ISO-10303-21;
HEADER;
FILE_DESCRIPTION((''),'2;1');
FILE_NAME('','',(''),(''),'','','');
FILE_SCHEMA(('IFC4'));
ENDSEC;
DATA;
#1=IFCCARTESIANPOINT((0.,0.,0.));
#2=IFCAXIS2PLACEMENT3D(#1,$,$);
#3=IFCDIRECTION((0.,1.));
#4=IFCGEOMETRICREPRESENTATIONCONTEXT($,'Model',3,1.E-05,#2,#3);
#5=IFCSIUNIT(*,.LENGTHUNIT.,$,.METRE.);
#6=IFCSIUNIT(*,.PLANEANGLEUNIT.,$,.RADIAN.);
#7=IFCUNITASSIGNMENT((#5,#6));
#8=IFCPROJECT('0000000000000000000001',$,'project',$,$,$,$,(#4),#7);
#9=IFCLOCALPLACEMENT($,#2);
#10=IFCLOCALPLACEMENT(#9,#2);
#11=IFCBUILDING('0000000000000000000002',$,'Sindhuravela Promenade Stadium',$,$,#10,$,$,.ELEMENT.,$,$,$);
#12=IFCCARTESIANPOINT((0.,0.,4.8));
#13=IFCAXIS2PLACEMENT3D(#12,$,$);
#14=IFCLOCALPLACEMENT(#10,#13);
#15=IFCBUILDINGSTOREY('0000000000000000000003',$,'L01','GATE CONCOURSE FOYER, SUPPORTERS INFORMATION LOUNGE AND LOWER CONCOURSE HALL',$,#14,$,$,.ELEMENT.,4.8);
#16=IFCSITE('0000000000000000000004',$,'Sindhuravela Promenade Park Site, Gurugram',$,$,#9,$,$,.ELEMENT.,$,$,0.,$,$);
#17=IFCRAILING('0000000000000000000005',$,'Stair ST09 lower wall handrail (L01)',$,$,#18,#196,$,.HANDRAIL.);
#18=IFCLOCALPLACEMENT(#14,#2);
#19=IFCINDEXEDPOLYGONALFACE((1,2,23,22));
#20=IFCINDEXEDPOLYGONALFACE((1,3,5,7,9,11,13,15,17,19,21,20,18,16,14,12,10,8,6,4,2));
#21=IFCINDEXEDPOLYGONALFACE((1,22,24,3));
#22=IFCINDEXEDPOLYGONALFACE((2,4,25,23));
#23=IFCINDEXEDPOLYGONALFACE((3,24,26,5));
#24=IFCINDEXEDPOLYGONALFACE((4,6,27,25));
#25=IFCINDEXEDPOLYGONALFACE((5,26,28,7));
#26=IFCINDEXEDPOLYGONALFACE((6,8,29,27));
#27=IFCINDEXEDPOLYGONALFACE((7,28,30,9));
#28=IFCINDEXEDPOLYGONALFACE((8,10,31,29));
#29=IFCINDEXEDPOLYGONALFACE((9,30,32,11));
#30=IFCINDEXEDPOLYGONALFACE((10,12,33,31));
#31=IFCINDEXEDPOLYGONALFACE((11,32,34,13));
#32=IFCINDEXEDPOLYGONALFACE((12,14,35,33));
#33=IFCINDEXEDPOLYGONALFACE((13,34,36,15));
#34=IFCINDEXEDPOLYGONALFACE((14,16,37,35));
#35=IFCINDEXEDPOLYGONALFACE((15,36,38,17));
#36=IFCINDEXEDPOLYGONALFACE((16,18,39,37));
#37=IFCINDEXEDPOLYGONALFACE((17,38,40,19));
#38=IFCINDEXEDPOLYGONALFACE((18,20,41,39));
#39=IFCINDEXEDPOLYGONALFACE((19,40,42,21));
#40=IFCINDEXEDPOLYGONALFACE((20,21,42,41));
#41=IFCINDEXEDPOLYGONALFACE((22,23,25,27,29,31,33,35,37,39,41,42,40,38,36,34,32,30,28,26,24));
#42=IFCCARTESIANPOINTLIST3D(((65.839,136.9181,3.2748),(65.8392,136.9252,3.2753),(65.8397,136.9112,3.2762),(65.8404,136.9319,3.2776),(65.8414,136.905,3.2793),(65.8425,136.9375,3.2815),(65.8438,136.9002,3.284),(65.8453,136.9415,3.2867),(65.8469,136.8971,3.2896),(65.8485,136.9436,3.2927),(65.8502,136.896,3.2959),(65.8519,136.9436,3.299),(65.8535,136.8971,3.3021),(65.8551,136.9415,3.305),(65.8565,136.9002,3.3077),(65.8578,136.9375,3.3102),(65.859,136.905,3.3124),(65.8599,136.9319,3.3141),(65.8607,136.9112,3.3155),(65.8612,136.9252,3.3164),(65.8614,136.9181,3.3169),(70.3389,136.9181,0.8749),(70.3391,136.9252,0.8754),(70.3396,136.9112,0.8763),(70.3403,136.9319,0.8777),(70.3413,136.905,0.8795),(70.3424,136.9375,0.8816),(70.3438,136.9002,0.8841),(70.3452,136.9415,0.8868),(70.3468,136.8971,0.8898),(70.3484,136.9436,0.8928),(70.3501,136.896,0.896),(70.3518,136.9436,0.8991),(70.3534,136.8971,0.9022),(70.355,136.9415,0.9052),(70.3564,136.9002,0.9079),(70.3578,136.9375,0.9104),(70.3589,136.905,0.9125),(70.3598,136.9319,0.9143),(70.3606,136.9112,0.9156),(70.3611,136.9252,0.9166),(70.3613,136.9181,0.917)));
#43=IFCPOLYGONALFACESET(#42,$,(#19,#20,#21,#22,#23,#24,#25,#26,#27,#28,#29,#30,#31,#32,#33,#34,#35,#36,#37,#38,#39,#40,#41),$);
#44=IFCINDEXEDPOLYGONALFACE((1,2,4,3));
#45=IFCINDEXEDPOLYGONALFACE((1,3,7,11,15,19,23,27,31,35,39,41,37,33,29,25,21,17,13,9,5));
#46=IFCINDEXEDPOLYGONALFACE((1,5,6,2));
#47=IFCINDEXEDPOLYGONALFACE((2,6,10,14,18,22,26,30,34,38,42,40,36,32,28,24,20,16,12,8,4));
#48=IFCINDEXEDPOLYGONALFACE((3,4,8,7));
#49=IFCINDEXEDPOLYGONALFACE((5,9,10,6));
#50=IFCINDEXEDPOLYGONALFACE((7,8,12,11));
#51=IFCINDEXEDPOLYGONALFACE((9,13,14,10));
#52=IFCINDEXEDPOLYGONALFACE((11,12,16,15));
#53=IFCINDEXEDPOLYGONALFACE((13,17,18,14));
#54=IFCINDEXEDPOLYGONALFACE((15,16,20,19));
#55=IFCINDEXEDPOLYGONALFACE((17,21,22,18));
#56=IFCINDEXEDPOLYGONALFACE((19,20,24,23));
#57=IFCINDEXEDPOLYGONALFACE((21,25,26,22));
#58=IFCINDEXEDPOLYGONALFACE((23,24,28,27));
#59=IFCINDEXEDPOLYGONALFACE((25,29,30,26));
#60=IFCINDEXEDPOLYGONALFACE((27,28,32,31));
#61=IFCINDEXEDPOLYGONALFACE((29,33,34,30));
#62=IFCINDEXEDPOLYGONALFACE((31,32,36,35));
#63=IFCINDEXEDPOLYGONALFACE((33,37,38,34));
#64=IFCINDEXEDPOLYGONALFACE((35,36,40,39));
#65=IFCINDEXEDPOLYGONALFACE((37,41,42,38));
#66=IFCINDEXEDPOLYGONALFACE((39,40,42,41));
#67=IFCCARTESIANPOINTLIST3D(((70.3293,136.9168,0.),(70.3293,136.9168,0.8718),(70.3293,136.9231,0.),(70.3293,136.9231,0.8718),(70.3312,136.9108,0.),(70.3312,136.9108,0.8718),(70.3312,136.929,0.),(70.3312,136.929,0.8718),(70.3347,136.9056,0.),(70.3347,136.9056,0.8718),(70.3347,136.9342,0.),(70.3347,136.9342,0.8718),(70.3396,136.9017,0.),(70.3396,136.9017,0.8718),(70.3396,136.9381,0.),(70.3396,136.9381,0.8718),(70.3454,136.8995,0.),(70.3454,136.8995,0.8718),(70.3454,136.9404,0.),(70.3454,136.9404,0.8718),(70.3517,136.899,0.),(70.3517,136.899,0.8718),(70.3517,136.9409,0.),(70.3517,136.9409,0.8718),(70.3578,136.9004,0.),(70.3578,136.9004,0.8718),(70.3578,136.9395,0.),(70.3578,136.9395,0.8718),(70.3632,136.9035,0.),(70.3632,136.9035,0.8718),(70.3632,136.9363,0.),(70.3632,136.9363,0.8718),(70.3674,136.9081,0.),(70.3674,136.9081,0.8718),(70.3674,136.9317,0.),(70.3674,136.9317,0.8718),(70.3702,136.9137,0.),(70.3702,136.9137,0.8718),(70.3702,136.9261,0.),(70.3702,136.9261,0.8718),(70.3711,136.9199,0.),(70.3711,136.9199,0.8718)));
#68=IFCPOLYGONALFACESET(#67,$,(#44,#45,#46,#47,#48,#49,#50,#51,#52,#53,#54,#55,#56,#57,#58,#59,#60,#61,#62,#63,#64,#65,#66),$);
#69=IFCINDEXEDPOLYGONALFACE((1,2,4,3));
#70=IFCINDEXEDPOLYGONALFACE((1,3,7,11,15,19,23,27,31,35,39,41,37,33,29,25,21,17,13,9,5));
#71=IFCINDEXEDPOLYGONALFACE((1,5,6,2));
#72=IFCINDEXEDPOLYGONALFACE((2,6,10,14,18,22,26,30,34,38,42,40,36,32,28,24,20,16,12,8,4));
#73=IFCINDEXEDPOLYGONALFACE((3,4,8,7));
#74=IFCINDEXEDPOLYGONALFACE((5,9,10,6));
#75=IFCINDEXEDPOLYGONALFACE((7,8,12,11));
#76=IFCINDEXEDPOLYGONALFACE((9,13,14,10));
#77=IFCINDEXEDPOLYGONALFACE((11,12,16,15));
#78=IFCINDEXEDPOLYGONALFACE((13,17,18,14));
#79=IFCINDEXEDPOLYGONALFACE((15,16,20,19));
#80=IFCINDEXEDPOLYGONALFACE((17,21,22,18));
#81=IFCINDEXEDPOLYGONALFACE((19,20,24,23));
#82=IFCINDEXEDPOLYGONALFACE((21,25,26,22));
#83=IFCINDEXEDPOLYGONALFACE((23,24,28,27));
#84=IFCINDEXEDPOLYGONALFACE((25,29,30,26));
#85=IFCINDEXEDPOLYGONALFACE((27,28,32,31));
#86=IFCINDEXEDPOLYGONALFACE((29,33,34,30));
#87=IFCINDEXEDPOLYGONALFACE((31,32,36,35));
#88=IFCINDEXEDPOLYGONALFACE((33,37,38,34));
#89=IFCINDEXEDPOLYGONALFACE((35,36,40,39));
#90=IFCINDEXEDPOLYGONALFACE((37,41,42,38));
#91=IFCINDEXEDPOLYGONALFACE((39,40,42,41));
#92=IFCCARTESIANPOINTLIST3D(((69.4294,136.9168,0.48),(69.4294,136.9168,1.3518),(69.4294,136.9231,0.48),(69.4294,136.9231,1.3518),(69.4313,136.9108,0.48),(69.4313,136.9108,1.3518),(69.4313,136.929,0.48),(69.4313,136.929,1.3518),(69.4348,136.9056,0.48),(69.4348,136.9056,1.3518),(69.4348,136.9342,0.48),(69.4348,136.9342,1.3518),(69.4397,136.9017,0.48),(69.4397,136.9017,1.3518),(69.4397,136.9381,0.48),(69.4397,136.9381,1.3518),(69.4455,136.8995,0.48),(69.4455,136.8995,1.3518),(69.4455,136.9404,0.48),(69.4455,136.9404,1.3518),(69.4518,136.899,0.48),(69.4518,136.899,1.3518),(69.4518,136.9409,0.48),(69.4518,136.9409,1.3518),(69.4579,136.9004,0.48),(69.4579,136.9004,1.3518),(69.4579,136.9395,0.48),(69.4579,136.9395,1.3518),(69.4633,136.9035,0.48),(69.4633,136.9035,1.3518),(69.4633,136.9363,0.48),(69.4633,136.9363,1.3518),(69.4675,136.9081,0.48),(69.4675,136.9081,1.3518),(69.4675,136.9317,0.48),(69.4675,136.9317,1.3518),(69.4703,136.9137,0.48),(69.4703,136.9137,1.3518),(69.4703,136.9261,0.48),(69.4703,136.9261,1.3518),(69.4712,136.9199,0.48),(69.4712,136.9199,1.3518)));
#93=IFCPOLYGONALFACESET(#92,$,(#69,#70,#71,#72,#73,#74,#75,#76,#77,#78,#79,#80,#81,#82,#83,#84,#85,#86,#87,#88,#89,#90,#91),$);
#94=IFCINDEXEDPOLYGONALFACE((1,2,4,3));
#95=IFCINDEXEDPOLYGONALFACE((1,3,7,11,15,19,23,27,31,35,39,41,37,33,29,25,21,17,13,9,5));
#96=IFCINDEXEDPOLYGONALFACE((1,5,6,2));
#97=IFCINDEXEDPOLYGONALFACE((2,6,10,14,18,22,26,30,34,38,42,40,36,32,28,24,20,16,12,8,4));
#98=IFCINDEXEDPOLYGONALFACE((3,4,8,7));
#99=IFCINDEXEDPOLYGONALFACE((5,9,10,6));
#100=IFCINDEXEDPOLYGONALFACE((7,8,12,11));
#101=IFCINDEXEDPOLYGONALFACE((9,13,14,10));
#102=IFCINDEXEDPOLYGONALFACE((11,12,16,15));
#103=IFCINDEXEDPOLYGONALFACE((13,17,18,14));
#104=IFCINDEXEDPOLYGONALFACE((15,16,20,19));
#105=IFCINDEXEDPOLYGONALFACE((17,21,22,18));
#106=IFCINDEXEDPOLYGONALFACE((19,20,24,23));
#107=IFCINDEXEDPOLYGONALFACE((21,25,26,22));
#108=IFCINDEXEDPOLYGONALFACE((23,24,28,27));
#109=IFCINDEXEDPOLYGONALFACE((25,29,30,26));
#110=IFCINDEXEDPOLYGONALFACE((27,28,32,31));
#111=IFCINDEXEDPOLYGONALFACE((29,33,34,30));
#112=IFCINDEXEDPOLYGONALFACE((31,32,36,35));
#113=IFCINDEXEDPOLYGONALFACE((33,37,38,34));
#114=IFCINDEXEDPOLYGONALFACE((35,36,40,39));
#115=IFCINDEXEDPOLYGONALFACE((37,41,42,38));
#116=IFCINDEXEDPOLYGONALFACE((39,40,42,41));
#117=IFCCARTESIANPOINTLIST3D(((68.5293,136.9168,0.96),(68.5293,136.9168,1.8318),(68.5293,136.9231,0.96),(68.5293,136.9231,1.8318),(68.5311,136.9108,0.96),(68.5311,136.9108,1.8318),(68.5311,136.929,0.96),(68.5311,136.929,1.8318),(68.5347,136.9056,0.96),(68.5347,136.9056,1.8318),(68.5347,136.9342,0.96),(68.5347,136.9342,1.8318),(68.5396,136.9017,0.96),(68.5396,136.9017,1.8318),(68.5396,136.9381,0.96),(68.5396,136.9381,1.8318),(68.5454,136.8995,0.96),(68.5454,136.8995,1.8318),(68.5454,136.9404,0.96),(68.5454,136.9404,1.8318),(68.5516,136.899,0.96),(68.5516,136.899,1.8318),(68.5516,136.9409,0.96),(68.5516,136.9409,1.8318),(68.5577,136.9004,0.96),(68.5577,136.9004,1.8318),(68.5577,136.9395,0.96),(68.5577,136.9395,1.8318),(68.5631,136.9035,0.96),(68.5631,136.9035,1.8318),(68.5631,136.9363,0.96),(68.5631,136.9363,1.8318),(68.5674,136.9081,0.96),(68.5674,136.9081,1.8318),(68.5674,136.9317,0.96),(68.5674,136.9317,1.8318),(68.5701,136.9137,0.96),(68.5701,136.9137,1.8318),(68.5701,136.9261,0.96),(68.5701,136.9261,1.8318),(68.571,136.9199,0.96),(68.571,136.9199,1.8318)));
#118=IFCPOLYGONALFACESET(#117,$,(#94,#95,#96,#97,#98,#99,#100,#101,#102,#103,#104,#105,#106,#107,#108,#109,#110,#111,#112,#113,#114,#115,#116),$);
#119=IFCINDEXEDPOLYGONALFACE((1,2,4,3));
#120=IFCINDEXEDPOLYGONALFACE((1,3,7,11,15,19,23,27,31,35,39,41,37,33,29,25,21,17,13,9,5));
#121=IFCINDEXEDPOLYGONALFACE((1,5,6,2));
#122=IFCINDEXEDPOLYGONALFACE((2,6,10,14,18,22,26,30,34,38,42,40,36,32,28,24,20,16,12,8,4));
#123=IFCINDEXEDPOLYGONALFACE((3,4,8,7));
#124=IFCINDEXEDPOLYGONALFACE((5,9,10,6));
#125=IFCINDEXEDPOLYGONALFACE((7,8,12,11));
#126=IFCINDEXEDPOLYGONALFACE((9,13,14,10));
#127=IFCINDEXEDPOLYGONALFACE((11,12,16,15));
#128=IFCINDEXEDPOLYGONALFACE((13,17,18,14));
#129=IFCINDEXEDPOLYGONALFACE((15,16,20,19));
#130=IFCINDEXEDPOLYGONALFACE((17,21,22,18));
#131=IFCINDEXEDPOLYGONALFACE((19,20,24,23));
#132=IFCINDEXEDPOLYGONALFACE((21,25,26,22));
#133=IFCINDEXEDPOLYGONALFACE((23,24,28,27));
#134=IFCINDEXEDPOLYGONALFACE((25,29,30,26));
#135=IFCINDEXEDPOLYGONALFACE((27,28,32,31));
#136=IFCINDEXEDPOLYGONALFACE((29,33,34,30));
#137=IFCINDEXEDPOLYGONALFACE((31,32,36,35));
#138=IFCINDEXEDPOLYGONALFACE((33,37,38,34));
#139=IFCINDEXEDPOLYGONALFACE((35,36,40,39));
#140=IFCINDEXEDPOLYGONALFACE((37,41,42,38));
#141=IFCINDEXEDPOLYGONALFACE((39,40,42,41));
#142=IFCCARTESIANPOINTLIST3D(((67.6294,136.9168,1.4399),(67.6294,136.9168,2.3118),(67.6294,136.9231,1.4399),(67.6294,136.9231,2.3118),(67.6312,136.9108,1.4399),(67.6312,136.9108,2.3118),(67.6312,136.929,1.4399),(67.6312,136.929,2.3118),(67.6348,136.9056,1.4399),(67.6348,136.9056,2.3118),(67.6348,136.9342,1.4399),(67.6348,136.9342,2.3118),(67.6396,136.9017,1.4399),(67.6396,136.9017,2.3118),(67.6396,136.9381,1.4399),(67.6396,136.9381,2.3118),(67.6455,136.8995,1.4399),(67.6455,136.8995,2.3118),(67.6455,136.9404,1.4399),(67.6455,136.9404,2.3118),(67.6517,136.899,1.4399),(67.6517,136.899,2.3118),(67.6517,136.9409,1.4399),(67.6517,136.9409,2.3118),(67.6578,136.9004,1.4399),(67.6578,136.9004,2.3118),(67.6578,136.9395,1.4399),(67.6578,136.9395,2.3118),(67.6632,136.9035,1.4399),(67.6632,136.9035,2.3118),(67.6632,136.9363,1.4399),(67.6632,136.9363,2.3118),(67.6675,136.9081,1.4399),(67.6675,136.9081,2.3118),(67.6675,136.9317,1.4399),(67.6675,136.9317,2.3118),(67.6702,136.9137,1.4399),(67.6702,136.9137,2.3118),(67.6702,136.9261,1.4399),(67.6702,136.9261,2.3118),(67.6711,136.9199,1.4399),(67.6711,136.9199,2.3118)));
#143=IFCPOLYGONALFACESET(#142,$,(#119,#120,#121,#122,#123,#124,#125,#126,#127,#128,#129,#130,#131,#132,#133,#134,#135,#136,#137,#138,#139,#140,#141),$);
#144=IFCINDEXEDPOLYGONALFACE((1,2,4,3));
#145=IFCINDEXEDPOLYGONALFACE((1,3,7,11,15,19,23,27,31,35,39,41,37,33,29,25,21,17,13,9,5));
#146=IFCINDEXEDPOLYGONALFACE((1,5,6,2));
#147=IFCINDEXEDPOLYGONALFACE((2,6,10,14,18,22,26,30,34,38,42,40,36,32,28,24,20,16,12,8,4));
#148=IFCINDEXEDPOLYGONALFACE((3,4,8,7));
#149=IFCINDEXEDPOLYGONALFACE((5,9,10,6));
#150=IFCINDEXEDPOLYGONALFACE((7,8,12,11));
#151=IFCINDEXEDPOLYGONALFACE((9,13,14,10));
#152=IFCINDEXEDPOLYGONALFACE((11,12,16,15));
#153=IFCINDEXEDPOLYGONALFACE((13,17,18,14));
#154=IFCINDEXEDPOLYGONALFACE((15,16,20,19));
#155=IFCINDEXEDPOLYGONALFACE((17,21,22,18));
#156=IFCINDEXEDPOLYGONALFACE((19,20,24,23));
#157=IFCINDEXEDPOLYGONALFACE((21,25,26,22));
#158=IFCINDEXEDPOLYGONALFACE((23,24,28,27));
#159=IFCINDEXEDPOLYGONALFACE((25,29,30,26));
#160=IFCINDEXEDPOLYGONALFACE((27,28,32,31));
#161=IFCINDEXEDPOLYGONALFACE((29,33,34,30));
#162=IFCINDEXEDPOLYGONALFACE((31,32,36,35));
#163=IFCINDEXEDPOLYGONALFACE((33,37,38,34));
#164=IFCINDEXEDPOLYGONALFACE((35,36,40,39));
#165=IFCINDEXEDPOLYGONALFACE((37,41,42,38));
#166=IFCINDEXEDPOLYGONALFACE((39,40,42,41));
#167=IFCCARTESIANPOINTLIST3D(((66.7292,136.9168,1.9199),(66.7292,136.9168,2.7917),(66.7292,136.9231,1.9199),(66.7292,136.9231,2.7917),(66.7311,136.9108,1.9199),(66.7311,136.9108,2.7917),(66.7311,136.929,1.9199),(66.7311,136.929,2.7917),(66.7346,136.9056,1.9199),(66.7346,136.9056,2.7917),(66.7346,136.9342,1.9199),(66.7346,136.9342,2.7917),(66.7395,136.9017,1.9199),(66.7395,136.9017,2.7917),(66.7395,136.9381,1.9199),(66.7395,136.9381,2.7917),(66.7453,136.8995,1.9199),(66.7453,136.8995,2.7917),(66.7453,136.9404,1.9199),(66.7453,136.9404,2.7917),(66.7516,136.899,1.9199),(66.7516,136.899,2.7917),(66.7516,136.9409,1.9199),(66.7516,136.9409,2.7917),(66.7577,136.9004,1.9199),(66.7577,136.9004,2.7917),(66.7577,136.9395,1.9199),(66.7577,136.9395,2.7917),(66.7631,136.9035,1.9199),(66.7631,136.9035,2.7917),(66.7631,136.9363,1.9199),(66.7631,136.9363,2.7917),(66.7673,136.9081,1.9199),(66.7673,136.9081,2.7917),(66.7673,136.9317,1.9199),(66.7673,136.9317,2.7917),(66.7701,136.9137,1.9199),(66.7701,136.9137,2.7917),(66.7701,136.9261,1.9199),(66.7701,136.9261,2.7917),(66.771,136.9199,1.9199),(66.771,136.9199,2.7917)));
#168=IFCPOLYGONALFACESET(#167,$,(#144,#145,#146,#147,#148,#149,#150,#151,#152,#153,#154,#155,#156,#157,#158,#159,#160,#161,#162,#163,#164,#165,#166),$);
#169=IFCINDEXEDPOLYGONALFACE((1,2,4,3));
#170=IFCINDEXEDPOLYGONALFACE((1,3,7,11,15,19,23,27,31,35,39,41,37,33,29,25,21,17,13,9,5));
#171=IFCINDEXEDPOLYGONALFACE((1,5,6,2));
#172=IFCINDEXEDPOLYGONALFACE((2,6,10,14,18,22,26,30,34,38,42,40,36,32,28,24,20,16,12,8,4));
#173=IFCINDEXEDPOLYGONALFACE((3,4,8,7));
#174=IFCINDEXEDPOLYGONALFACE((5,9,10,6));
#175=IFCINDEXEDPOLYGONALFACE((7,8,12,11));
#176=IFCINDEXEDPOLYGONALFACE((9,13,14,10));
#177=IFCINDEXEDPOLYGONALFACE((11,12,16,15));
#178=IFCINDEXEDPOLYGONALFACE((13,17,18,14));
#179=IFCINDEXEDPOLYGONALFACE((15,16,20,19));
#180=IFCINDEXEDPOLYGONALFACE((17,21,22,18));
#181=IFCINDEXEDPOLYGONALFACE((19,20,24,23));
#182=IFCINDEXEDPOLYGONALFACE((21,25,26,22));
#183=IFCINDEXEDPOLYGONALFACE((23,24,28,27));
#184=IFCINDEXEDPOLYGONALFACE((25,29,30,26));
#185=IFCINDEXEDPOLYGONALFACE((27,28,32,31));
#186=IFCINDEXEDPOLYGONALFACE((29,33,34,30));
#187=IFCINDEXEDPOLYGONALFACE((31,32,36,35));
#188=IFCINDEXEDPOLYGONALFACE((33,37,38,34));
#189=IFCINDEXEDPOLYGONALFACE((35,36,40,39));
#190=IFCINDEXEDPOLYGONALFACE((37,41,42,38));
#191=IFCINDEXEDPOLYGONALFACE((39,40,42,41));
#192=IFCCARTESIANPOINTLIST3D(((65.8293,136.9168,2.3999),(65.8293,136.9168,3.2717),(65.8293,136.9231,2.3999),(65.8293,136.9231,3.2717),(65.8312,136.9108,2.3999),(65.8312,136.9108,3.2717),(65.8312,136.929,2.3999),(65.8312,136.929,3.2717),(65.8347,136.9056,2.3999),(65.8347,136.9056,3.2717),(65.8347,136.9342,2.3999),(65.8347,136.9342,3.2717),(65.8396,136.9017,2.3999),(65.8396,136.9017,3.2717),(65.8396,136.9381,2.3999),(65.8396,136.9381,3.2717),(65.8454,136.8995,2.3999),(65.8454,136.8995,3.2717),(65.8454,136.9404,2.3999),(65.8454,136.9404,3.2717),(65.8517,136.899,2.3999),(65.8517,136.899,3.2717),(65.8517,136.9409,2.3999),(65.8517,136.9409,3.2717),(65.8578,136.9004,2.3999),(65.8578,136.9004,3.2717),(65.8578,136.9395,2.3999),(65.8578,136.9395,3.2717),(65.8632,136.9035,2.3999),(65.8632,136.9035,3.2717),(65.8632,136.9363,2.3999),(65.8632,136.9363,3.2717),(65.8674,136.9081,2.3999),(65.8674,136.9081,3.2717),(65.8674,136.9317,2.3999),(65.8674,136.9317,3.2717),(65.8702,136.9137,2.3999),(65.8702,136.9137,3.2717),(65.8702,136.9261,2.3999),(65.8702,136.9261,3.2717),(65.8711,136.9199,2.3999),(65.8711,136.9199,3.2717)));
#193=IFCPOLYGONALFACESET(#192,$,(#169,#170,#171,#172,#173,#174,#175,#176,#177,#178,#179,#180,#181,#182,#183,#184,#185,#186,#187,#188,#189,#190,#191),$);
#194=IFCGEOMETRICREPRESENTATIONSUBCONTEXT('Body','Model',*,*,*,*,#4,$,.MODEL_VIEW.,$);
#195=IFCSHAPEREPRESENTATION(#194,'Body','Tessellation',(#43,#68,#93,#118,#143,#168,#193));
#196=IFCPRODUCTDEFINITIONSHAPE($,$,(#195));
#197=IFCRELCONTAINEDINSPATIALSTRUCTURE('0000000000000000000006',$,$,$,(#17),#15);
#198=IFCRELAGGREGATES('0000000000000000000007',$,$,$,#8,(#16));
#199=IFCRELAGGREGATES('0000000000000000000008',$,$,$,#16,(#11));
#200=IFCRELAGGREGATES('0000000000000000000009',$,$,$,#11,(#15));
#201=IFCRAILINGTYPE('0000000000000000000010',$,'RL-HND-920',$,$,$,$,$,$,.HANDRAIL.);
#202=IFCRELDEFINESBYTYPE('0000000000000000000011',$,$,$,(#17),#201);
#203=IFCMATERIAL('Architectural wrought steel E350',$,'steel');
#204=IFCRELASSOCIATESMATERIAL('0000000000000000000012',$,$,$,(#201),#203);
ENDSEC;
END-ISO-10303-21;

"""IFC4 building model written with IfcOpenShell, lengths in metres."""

from ifc_helpers import new_model, si_unit, direction, frame, origin, origin_2d, place, context, subcontext, project, spatial, circle, extrude, material, type_object, element, save


model = new_model("IFC4")

# Units and contexts
model_context = context("Model", 3, precision=1e-05, world=origin(), true_north=direction((0.0, 1.0)))
body_context = subcontext(model_context, "Body", "Model", "MODEL_VIEW")
ifc_project = project(units=[si_unit("LENGTHUNIT", "METRE"), si_unit("PLANEANGLEUNIT", "RADIAN")], contexts=[model_context])

# Site, building, storey
site_placement = place(None, origin())
site = spatial("IfcSite", under=ifc_project, at=site_placement, Name="Sindhuravela Promenade Park Site, Gurugram", CompositionType="ELEMENT", RefElevation=0.0)
building_placement = place(site_placement, origin())
building = spatial("IfcBuilding", under=site, at=building_placement, Name="Sindhuravela Promenade Stadium", CompositionType="ELEMENT")
storey_placement = place(building_placement, frame((0.0, 0.0, 4.8)))
storey = spatial("IfcBuildingStorey", under=building, at=storey_placement, Name="L01", Description="GATE CONCOURSE FOYER, SUPPORTERS INFORMATION LOUNGE AND LOWER CONCOURSE HALL", CompositionType="ELEMENT", Elevation=4.8)

# Shared definitions
ifc_material_1 = material(Name="Architectural wrought steel E350", Category="steel")

# Railing
railing_type_1 = type_object("IfcRailingType", Name="RL-HND-920", PredefinedType="HANDRAIL", material=ifc_material_1)
railing_1_placement = place(storey_placement, frame((70.3501, 136.9199, 0.0)))
element("IfcRailing", 1, at=railing_1_placement, inside=storey, type_object=railing_type_1, Name="Stair ST09 lower wall handrail (L01)", PredefinedType="HANDRAIL", context=body_context, shape_type="SweptSolid", body=[
    extrude(circle(Radius=0.0239, at=origin_2d()), frame((0.0, 0.0, 0.896), z_axis=(-0.882361, 0.0, 0.470573), x_axis=(0.0, -1.0, 0.0)), (0.0, 0.0, 1.0), 5.0999),
    extrude(circle(Radius=0.021, at=origin_2d()), origin(), (0.0, 0.0, 1.0), 0.8718),
    extrude(circle(Radius=0.021, at=origin_2d()), frame((-0.8999, 0.0, 0.48)), (0.0, 0.0, 1.0), 0.8718),
    extrude(circle(Radius=0.021, at=origin_2d()), frame((-1.8, 0.0, 0.96)), (0.0, 0.0, 1.0), 0.8718),
    extrude(circle(Radius=0.021, at=origin_2d()), frame((-2.7, 0.0, 1.4399)), (0.0, 0.0, 1.0), 0.8718),
    extrude(circle(Radius=0.021, at=origin_2d()), frame((-3.6001, 0.0, 1.9199)), (0.0, 0.0, 1.0), 0.8718),
    extrude(circle(Radius=0.021, at=origin_2d()), frame((-4.5, 0.0, 2.3999)), (0.0, 0.0, 1.0), 0.8718),
])

save(model, "model.ifc")
